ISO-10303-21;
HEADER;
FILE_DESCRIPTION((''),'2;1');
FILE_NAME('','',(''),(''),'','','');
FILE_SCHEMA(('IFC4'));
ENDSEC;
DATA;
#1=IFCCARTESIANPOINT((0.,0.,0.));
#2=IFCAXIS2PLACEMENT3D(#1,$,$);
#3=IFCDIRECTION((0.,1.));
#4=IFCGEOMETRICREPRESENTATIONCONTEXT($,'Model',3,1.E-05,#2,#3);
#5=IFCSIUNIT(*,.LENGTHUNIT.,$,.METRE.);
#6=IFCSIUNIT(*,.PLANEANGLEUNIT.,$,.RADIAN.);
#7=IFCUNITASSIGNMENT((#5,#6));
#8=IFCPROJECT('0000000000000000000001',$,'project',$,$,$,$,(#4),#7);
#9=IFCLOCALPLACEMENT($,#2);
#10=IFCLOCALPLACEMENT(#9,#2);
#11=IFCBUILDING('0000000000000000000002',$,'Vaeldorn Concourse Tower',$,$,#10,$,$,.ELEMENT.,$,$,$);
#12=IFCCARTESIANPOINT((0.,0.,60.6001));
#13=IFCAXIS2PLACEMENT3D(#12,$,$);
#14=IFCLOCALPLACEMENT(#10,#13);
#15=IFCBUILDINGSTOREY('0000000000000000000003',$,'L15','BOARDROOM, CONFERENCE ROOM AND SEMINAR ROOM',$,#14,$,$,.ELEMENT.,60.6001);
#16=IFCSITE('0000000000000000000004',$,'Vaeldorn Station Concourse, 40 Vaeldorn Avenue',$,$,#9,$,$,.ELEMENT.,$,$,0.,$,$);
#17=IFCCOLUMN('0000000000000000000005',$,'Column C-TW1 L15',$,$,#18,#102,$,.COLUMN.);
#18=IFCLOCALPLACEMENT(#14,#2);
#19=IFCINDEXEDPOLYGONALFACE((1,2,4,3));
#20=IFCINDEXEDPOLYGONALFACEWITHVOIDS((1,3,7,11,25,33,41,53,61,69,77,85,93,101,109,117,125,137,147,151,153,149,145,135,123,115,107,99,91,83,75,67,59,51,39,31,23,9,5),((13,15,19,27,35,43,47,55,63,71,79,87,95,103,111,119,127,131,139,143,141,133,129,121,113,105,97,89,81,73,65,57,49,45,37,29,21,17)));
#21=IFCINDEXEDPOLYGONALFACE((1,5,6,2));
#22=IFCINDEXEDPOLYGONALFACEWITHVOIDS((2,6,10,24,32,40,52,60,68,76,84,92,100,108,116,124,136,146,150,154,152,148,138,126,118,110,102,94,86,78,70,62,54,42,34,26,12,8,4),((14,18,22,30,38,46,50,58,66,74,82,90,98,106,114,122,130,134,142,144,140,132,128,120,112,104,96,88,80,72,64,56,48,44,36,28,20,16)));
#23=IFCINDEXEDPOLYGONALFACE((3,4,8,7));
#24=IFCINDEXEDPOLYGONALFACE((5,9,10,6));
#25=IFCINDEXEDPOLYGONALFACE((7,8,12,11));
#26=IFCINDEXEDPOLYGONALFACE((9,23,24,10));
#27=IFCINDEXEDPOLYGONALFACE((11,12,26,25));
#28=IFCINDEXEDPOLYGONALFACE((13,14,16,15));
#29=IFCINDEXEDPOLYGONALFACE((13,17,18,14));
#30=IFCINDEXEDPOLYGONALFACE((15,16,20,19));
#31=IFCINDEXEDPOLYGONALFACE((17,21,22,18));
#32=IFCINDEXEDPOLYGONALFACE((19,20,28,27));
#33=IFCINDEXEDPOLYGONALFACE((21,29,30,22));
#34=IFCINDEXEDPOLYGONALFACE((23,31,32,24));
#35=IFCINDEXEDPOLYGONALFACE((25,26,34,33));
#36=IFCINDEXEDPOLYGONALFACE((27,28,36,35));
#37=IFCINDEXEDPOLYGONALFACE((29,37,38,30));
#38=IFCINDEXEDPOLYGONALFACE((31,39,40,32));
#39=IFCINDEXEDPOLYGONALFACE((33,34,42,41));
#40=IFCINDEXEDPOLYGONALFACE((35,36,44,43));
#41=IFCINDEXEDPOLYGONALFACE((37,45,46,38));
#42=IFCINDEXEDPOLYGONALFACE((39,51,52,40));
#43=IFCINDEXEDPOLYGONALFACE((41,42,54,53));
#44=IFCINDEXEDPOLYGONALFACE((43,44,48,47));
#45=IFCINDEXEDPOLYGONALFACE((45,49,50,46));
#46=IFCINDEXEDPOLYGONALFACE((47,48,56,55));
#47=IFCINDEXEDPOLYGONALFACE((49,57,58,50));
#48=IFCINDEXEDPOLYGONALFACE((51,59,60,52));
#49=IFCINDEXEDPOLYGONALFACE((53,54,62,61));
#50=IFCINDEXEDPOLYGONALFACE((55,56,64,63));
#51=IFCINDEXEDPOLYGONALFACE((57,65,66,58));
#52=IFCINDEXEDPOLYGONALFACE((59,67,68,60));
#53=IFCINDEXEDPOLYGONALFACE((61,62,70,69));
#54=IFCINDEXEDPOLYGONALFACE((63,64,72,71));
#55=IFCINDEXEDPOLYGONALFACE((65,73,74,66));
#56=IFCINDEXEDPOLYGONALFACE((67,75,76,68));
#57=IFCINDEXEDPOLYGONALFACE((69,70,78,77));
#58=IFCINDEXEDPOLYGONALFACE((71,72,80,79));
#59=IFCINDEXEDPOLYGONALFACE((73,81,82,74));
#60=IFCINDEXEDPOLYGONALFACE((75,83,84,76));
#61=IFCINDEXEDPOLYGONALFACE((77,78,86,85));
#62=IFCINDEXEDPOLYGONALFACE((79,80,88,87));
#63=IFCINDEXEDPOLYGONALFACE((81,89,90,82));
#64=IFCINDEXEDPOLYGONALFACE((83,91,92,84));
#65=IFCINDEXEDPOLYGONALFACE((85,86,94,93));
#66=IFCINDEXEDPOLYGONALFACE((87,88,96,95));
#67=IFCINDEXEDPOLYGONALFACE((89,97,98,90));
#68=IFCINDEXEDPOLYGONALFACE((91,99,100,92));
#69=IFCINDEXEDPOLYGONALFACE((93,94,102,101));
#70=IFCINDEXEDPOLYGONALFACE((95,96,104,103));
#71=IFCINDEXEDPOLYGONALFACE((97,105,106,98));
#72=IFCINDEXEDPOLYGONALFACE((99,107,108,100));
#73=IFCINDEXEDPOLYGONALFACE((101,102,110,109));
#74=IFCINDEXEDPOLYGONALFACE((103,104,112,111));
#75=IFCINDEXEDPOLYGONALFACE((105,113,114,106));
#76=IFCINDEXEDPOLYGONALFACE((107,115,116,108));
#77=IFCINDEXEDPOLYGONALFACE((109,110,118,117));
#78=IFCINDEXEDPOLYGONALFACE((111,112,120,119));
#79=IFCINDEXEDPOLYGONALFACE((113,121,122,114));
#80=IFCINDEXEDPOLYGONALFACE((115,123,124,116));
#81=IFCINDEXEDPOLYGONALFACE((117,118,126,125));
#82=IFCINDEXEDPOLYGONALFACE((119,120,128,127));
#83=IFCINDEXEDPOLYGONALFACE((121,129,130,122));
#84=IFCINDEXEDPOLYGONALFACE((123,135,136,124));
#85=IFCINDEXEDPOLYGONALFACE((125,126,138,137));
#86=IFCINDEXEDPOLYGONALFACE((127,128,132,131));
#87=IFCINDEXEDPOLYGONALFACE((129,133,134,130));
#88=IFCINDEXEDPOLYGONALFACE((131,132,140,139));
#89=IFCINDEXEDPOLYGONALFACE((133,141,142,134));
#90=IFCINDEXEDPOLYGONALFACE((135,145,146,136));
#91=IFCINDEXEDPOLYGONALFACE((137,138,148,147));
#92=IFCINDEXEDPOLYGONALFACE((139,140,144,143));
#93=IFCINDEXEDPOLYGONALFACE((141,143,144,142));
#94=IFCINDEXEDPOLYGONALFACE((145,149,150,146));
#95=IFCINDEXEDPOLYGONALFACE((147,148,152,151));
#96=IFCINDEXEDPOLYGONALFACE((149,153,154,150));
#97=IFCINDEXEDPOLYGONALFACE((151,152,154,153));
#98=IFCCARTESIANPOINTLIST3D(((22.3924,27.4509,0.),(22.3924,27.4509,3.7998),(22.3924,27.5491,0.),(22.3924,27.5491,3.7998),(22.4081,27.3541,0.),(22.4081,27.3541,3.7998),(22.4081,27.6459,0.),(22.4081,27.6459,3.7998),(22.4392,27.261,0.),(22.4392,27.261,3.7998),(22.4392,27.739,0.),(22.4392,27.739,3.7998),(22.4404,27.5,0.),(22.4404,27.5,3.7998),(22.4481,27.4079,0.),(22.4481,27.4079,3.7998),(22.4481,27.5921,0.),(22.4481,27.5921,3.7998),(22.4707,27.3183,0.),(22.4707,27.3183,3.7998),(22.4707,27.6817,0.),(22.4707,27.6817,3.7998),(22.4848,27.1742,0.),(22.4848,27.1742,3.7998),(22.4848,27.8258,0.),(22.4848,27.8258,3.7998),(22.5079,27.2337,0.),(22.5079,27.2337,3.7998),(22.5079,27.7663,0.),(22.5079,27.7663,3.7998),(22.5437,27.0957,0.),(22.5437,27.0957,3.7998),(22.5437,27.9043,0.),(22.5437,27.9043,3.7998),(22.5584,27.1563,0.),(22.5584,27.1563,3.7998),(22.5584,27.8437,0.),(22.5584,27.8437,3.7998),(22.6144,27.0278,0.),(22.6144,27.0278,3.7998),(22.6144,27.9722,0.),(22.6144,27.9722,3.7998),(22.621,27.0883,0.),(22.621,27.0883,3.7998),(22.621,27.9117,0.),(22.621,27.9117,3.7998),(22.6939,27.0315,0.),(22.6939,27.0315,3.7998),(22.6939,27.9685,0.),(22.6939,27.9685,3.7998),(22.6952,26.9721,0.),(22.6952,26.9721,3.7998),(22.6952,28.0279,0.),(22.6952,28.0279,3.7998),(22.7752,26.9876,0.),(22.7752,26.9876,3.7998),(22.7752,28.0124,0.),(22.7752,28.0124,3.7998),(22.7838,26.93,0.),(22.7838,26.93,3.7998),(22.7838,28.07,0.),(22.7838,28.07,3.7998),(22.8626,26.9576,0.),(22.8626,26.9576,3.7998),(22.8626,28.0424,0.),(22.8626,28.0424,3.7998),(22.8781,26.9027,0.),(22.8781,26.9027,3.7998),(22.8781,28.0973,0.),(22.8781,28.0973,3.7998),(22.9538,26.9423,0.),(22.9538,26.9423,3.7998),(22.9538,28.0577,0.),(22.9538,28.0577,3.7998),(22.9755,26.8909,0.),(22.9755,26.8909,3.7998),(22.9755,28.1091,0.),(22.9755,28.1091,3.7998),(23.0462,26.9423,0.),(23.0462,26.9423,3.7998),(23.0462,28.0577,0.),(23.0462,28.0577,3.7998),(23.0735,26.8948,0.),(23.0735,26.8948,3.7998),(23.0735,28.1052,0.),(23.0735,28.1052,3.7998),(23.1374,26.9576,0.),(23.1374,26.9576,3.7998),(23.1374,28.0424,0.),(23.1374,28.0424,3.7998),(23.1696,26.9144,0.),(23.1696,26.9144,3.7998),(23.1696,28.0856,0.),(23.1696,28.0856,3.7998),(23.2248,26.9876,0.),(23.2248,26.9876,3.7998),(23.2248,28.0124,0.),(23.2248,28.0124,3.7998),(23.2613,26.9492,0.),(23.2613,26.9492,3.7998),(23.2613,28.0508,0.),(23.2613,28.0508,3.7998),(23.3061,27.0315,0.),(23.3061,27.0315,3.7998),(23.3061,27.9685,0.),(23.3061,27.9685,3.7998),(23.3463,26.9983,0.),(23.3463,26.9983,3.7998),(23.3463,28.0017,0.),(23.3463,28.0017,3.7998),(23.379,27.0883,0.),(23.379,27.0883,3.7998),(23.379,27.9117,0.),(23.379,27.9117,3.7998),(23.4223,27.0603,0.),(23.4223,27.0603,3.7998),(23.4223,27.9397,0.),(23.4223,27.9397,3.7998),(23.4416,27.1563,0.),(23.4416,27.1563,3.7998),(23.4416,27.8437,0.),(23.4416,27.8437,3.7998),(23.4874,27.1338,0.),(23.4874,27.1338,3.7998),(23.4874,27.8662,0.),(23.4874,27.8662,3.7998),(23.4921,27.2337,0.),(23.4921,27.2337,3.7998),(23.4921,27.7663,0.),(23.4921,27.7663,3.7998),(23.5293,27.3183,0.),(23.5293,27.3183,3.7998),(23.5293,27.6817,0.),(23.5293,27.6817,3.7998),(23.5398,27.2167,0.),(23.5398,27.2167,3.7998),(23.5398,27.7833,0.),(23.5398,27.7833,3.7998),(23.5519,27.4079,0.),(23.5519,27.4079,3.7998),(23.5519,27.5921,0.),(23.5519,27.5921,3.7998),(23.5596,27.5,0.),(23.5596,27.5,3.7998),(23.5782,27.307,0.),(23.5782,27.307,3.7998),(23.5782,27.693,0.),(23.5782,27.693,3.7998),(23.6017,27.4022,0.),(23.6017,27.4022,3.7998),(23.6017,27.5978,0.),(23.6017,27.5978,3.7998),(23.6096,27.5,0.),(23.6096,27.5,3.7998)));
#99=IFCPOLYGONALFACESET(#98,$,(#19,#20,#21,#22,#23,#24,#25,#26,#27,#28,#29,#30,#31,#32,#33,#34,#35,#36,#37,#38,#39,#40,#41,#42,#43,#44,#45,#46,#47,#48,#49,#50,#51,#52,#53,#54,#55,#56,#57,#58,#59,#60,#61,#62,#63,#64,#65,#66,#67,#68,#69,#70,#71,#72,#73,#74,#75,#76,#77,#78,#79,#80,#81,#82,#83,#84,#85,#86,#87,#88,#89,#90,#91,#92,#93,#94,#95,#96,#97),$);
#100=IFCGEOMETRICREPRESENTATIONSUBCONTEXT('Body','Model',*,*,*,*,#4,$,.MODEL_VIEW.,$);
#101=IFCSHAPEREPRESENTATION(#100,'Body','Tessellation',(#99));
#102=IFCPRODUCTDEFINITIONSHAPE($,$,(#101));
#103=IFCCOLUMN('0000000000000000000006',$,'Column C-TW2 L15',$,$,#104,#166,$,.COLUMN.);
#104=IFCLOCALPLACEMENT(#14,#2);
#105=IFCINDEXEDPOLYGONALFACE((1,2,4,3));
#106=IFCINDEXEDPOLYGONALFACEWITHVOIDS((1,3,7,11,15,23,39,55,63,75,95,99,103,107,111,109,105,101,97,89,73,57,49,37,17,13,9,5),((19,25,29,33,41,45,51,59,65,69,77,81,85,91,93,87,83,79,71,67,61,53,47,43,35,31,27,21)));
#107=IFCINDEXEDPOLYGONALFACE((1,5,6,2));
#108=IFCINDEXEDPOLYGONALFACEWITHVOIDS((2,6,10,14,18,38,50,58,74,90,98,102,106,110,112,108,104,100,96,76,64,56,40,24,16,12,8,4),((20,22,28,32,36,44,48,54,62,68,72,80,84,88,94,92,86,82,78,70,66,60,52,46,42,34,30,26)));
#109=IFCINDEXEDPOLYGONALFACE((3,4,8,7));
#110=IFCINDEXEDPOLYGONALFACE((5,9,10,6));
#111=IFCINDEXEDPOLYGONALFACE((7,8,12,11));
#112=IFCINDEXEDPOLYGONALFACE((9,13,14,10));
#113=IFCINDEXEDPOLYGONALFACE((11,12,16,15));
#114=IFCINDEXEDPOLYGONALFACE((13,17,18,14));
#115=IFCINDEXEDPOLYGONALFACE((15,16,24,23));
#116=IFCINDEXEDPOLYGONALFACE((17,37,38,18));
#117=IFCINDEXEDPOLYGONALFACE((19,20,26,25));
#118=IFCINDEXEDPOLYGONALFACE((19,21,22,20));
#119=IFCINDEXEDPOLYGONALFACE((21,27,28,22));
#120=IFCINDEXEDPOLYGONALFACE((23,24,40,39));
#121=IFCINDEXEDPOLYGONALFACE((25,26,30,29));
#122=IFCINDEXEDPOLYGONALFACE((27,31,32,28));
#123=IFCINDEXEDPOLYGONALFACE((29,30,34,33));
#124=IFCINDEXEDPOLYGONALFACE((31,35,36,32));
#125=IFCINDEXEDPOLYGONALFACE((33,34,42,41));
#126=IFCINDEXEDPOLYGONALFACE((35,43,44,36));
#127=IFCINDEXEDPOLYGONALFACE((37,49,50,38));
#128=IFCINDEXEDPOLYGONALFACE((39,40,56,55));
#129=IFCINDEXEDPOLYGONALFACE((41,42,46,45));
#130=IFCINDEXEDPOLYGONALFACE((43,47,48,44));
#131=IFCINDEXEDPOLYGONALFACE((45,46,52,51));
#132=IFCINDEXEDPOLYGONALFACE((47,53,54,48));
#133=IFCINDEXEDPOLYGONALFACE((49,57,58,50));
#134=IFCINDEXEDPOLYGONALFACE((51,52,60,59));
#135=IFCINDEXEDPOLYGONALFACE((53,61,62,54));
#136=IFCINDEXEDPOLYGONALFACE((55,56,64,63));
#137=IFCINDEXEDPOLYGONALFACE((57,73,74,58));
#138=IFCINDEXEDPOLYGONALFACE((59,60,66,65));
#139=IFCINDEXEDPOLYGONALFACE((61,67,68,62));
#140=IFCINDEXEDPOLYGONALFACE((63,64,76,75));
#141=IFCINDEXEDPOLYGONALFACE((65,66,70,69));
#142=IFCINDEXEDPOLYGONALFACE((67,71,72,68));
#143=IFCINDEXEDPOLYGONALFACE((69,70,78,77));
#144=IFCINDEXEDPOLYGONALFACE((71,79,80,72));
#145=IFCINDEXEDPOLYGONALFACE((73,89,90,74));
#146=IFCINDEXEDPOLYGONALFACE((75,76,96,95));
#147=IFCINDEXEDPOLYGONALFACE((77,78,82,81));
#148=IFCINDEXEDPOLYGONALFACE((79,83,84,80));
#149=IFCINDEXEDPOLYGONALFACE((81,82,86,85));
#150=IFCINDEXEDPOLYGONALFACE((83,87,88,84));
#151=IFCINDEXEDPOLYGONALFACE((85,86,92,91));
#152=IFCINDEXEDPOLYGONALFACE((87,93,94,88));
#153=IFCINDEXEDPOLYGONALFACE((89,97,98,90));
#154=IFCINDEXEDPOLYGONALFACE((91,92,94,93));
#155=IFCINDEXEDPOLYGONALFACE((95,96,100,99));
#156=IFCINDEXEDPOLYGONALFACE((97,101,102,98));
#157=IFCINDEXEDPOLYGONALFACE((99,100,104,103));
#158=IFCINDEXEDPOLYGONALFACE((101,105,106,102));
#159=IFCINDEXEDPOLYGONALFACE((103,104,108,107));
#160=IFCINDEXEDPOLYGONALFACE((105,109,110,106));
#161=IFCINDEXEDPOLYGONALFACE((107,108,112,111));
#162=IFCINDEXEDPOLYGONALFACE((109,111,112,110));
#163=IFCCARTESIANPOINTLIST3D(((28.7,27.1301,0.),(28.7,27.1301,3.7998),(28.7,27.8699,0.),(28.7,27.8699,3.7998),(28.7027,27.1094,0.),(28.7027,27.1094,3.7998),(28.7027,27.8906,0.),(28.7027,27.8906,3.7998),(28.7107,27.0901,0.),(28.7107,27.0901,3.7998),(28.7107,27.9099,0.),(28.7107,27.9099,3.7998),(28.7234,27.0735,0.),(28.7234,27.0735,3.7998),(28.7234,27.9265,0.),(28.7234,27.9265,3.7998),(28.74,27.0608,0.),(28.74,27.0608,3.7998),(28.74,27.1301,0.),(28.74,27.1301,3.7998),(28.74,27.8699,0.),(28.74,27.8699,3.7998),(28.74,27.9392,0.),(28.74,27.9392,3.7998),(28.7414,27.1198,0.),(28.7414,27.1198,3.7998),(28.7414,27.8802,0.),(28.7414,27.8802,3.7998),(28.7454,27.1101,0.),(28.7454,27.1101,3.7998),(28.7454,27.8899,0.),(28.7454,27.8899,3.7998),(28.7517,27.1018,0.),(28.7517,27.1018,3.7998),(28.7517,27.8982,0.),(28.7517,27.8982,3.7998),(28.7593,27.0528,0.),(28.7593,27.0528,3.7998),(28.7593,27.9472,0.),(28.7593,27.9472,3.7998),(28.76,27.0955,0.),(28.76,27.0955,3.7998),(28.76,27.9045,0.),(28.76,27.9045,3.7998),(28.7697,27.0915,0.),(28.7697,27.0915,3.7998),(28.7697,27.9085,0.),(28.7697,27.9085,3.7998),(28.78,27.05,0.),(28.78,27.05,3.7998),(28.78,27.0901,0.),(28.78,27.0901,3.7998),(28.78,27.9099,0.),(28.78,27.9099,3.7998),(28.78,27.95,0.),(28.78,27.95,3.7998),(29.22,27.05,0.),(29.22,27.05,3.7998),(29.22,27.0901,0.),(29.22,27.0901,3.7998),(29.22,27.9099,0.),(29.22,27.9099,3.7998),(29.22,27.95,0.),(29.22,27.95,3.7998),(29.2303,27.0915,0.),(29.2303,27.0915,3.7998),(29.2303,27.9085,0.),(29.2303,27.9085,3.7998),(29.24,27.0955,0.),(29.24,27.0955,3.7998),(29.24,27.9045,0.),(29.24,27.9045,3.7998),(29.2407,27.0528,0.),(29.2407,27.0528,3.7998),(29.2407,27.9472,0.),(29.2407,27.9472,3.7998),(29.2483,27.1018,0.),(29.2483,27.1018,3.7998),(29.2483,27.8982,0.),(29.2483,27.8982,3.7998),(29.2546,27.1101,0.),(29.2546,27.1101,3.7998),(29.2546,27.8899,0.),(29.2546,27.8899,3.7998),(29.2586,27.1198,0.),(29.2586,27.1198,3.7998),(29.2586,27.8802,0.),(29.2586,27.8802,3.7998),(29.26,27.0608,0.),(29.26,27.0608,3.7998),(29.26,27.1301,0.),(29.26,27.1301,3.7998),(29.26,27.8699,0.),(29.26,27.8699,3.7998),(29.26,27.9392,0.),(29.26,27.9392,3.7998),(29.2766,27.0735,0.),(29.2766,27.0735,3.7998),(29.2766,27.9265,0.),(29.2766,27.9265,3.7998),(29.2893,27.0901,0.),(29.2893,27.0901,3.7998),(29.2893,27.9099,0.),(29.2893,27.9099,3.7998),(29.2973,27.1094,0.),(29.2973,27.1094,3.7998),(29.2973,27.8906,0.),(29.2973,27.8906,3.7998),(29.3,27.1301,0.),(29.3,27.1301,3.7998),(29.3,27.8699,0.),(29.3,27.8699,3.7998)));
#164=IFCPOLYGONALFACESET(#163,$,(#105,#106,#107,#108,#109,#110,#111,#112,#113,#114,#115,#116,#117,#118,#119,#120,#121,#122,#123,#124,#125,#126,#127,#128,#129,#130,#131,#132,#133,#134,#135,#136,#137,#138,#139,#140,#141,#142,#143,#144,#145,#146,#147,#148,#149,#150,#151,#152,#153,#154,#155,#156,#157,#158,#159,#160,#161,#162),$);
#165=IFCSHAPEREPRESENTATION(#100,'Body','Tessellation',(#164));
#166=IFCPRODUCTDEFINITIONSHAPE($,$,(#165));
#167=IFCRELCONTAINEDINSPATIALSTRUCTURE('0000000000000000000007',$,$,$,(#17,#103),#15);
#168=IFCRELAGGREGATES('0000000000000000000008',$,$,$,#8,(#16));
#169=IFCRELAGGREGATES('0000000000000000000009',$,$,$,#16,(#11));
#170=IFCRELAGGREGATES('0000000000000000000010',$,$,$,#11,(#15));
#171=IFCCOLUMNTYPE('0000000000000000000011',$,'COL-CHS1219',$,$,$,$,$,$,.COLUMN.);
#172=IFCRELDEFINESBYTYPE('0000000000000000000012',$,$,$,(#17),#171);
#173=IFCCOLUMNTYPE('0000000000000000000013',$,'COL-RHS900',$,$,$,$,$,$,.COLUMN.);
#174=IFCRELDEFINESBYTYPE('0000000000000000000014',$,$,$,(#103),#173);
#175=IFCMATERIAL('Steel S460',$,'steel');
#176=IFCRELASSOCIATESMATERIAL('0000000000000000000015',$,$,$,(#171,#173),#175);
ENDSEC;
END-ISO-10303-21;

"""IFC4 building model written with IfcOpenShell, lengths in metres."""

from ifc_helpers import new_model, si_unit, direction, frame, origin, origin_2d, place, context, subcontext, project, spatial, hollow_rectangle, hollow_circle, extrude, source, transform, mapped, material, material_profile, profile_set, type_object, element, save


model = new_model("IFC4")

# Units and contexts
model_context = context("Model", 3, precision=1e-05, world=origin(), true_north=direction((0.0, 1.0)))
body_context = subcontext(model_context, "Body", "Model", "MODEL_VIEW")
ifc_project = project(units=[si_unit("LENGTHUNIT", "METRE"), si_unit("PLANEANGLEUNIT", "RADIAN")], contexts=[model_context])

# Site, building, storey
site_placement = place(None, origin())
site = spatial("IfcSite", under=ifc_project, at=site_placement, Name="Vaeldorn Station Concourse, 40 Vaeldorn Avenue", CompositionType="ELEMENT", RefElevation=0.0)
building_placement = place(site_placement, origin())
building = spatial("IfcBuilding", under=site, at=building_placement, Name="Vaeldorn Concourse Tower", CompositionType="ELEMENT")
storey_placement = place(building_placement, frame((0.0, 0.0, 60.6001)))
storey = spatial("IfcBuildingStorey", under=building, at=storey_placement, Name="L15", Description="BOARDROOM, CONFERENCE ROOM AND SEMINAR ROOM", CompositionType="ELEMENT", Elevation=60.6001)

# Columns
ifc_material_1 = material(Name="Steel S460", Category="steel")
ifc_material_profile_1 = material_profile(ifc_material_1, hollow_circle(Radius=0.6096, WallThickness=0.05, at=origin_2d()), Name="CHS 1219x50")
ifc_profile_set_1 = profile_set([ifc_material_profile_1], Name="Steel S460")
column_type_1 = type_object("IfcColumnType", Name="COL-CHS1219", PredefinedType="COLUMN", material=ifc_profile_set_1)
shared_shape_1 = source(origin(), body_context, "Body", "SweptSolid", [
    extrude(hollow_circle(Radius=0.6096, WallThickness=0.05, at=origin_2d()), origin(), (0.0, 0.0, 1.0), 3.7998),
])
column_1_placement = place(storey_placement, frame((23.0, 27.5, 0.0), z_axis=(0.0, 0.0, 1.0), x_axis=(1.0, 0.0, 0.0)))
element("IfcColumn", 1, at=column_1_placement, inside=storey, type_object=column_type_1, Name="Column C-TW1 L15", PredefinedType="COLUMN", context=body_context, shape_type="MappedRepresentation", body=[
    mapped(shared_shape_1, transform((0.0, 0.0, 0.0), scale=1.0)),
])
ifc_material_profile_2 = material_profile(ifc_material_1, hollow_rectangle(XDim=0.6001, YDim=0.8999, WallThickness=0.04, InnerFilletRadius=0.04, OuterFilletRadius=0.0801, at=origin_2d()), Name="RHS 900x600x40")
ifc_profile_set_2 = profile_set([ifc_material_profile_2], Name="Steel S460")
column_type_2 = type_object("IfcColumnType", Name="COL-RHS900", PredefinedType="COLUMN", material=ifc_profile_set_2)
shared_shape_2 = source(origin(), body_context, "Body", "SweptSolid", [
    extrude(hollow_rectangle(XDim=0.6001, YDim=0.8999, WallThickness=0.04, InnerFilletRadius=0.04, OuterFilletRadius=0.0801, at=origin_2d()), origin(), (0.0, 0.0, 1.0), 3.7998),
])
for number, where, z_axis, x_axis, name in (
    (2, (29.0, 27.5, 0.0), (0.0, 0.0, 1.0), (1.0, 0.0, 0.0), "Column C-TW2 L15"),
):
    element("IfcColumn", number, at=place(storey_placement, frame(where, z_axis=z_axis, x_axis=x_axis)), inside=storey, type_object=column_type_2, Name=name, PredefinedType="COLUMN", context=body_context, shape_type="MappedRepresentation", body=[
        mapped(shared_shape_2, transform((0.0, 0.0, 0.0), scale=1.0)),
    ])

save(model, "model.ifc")
